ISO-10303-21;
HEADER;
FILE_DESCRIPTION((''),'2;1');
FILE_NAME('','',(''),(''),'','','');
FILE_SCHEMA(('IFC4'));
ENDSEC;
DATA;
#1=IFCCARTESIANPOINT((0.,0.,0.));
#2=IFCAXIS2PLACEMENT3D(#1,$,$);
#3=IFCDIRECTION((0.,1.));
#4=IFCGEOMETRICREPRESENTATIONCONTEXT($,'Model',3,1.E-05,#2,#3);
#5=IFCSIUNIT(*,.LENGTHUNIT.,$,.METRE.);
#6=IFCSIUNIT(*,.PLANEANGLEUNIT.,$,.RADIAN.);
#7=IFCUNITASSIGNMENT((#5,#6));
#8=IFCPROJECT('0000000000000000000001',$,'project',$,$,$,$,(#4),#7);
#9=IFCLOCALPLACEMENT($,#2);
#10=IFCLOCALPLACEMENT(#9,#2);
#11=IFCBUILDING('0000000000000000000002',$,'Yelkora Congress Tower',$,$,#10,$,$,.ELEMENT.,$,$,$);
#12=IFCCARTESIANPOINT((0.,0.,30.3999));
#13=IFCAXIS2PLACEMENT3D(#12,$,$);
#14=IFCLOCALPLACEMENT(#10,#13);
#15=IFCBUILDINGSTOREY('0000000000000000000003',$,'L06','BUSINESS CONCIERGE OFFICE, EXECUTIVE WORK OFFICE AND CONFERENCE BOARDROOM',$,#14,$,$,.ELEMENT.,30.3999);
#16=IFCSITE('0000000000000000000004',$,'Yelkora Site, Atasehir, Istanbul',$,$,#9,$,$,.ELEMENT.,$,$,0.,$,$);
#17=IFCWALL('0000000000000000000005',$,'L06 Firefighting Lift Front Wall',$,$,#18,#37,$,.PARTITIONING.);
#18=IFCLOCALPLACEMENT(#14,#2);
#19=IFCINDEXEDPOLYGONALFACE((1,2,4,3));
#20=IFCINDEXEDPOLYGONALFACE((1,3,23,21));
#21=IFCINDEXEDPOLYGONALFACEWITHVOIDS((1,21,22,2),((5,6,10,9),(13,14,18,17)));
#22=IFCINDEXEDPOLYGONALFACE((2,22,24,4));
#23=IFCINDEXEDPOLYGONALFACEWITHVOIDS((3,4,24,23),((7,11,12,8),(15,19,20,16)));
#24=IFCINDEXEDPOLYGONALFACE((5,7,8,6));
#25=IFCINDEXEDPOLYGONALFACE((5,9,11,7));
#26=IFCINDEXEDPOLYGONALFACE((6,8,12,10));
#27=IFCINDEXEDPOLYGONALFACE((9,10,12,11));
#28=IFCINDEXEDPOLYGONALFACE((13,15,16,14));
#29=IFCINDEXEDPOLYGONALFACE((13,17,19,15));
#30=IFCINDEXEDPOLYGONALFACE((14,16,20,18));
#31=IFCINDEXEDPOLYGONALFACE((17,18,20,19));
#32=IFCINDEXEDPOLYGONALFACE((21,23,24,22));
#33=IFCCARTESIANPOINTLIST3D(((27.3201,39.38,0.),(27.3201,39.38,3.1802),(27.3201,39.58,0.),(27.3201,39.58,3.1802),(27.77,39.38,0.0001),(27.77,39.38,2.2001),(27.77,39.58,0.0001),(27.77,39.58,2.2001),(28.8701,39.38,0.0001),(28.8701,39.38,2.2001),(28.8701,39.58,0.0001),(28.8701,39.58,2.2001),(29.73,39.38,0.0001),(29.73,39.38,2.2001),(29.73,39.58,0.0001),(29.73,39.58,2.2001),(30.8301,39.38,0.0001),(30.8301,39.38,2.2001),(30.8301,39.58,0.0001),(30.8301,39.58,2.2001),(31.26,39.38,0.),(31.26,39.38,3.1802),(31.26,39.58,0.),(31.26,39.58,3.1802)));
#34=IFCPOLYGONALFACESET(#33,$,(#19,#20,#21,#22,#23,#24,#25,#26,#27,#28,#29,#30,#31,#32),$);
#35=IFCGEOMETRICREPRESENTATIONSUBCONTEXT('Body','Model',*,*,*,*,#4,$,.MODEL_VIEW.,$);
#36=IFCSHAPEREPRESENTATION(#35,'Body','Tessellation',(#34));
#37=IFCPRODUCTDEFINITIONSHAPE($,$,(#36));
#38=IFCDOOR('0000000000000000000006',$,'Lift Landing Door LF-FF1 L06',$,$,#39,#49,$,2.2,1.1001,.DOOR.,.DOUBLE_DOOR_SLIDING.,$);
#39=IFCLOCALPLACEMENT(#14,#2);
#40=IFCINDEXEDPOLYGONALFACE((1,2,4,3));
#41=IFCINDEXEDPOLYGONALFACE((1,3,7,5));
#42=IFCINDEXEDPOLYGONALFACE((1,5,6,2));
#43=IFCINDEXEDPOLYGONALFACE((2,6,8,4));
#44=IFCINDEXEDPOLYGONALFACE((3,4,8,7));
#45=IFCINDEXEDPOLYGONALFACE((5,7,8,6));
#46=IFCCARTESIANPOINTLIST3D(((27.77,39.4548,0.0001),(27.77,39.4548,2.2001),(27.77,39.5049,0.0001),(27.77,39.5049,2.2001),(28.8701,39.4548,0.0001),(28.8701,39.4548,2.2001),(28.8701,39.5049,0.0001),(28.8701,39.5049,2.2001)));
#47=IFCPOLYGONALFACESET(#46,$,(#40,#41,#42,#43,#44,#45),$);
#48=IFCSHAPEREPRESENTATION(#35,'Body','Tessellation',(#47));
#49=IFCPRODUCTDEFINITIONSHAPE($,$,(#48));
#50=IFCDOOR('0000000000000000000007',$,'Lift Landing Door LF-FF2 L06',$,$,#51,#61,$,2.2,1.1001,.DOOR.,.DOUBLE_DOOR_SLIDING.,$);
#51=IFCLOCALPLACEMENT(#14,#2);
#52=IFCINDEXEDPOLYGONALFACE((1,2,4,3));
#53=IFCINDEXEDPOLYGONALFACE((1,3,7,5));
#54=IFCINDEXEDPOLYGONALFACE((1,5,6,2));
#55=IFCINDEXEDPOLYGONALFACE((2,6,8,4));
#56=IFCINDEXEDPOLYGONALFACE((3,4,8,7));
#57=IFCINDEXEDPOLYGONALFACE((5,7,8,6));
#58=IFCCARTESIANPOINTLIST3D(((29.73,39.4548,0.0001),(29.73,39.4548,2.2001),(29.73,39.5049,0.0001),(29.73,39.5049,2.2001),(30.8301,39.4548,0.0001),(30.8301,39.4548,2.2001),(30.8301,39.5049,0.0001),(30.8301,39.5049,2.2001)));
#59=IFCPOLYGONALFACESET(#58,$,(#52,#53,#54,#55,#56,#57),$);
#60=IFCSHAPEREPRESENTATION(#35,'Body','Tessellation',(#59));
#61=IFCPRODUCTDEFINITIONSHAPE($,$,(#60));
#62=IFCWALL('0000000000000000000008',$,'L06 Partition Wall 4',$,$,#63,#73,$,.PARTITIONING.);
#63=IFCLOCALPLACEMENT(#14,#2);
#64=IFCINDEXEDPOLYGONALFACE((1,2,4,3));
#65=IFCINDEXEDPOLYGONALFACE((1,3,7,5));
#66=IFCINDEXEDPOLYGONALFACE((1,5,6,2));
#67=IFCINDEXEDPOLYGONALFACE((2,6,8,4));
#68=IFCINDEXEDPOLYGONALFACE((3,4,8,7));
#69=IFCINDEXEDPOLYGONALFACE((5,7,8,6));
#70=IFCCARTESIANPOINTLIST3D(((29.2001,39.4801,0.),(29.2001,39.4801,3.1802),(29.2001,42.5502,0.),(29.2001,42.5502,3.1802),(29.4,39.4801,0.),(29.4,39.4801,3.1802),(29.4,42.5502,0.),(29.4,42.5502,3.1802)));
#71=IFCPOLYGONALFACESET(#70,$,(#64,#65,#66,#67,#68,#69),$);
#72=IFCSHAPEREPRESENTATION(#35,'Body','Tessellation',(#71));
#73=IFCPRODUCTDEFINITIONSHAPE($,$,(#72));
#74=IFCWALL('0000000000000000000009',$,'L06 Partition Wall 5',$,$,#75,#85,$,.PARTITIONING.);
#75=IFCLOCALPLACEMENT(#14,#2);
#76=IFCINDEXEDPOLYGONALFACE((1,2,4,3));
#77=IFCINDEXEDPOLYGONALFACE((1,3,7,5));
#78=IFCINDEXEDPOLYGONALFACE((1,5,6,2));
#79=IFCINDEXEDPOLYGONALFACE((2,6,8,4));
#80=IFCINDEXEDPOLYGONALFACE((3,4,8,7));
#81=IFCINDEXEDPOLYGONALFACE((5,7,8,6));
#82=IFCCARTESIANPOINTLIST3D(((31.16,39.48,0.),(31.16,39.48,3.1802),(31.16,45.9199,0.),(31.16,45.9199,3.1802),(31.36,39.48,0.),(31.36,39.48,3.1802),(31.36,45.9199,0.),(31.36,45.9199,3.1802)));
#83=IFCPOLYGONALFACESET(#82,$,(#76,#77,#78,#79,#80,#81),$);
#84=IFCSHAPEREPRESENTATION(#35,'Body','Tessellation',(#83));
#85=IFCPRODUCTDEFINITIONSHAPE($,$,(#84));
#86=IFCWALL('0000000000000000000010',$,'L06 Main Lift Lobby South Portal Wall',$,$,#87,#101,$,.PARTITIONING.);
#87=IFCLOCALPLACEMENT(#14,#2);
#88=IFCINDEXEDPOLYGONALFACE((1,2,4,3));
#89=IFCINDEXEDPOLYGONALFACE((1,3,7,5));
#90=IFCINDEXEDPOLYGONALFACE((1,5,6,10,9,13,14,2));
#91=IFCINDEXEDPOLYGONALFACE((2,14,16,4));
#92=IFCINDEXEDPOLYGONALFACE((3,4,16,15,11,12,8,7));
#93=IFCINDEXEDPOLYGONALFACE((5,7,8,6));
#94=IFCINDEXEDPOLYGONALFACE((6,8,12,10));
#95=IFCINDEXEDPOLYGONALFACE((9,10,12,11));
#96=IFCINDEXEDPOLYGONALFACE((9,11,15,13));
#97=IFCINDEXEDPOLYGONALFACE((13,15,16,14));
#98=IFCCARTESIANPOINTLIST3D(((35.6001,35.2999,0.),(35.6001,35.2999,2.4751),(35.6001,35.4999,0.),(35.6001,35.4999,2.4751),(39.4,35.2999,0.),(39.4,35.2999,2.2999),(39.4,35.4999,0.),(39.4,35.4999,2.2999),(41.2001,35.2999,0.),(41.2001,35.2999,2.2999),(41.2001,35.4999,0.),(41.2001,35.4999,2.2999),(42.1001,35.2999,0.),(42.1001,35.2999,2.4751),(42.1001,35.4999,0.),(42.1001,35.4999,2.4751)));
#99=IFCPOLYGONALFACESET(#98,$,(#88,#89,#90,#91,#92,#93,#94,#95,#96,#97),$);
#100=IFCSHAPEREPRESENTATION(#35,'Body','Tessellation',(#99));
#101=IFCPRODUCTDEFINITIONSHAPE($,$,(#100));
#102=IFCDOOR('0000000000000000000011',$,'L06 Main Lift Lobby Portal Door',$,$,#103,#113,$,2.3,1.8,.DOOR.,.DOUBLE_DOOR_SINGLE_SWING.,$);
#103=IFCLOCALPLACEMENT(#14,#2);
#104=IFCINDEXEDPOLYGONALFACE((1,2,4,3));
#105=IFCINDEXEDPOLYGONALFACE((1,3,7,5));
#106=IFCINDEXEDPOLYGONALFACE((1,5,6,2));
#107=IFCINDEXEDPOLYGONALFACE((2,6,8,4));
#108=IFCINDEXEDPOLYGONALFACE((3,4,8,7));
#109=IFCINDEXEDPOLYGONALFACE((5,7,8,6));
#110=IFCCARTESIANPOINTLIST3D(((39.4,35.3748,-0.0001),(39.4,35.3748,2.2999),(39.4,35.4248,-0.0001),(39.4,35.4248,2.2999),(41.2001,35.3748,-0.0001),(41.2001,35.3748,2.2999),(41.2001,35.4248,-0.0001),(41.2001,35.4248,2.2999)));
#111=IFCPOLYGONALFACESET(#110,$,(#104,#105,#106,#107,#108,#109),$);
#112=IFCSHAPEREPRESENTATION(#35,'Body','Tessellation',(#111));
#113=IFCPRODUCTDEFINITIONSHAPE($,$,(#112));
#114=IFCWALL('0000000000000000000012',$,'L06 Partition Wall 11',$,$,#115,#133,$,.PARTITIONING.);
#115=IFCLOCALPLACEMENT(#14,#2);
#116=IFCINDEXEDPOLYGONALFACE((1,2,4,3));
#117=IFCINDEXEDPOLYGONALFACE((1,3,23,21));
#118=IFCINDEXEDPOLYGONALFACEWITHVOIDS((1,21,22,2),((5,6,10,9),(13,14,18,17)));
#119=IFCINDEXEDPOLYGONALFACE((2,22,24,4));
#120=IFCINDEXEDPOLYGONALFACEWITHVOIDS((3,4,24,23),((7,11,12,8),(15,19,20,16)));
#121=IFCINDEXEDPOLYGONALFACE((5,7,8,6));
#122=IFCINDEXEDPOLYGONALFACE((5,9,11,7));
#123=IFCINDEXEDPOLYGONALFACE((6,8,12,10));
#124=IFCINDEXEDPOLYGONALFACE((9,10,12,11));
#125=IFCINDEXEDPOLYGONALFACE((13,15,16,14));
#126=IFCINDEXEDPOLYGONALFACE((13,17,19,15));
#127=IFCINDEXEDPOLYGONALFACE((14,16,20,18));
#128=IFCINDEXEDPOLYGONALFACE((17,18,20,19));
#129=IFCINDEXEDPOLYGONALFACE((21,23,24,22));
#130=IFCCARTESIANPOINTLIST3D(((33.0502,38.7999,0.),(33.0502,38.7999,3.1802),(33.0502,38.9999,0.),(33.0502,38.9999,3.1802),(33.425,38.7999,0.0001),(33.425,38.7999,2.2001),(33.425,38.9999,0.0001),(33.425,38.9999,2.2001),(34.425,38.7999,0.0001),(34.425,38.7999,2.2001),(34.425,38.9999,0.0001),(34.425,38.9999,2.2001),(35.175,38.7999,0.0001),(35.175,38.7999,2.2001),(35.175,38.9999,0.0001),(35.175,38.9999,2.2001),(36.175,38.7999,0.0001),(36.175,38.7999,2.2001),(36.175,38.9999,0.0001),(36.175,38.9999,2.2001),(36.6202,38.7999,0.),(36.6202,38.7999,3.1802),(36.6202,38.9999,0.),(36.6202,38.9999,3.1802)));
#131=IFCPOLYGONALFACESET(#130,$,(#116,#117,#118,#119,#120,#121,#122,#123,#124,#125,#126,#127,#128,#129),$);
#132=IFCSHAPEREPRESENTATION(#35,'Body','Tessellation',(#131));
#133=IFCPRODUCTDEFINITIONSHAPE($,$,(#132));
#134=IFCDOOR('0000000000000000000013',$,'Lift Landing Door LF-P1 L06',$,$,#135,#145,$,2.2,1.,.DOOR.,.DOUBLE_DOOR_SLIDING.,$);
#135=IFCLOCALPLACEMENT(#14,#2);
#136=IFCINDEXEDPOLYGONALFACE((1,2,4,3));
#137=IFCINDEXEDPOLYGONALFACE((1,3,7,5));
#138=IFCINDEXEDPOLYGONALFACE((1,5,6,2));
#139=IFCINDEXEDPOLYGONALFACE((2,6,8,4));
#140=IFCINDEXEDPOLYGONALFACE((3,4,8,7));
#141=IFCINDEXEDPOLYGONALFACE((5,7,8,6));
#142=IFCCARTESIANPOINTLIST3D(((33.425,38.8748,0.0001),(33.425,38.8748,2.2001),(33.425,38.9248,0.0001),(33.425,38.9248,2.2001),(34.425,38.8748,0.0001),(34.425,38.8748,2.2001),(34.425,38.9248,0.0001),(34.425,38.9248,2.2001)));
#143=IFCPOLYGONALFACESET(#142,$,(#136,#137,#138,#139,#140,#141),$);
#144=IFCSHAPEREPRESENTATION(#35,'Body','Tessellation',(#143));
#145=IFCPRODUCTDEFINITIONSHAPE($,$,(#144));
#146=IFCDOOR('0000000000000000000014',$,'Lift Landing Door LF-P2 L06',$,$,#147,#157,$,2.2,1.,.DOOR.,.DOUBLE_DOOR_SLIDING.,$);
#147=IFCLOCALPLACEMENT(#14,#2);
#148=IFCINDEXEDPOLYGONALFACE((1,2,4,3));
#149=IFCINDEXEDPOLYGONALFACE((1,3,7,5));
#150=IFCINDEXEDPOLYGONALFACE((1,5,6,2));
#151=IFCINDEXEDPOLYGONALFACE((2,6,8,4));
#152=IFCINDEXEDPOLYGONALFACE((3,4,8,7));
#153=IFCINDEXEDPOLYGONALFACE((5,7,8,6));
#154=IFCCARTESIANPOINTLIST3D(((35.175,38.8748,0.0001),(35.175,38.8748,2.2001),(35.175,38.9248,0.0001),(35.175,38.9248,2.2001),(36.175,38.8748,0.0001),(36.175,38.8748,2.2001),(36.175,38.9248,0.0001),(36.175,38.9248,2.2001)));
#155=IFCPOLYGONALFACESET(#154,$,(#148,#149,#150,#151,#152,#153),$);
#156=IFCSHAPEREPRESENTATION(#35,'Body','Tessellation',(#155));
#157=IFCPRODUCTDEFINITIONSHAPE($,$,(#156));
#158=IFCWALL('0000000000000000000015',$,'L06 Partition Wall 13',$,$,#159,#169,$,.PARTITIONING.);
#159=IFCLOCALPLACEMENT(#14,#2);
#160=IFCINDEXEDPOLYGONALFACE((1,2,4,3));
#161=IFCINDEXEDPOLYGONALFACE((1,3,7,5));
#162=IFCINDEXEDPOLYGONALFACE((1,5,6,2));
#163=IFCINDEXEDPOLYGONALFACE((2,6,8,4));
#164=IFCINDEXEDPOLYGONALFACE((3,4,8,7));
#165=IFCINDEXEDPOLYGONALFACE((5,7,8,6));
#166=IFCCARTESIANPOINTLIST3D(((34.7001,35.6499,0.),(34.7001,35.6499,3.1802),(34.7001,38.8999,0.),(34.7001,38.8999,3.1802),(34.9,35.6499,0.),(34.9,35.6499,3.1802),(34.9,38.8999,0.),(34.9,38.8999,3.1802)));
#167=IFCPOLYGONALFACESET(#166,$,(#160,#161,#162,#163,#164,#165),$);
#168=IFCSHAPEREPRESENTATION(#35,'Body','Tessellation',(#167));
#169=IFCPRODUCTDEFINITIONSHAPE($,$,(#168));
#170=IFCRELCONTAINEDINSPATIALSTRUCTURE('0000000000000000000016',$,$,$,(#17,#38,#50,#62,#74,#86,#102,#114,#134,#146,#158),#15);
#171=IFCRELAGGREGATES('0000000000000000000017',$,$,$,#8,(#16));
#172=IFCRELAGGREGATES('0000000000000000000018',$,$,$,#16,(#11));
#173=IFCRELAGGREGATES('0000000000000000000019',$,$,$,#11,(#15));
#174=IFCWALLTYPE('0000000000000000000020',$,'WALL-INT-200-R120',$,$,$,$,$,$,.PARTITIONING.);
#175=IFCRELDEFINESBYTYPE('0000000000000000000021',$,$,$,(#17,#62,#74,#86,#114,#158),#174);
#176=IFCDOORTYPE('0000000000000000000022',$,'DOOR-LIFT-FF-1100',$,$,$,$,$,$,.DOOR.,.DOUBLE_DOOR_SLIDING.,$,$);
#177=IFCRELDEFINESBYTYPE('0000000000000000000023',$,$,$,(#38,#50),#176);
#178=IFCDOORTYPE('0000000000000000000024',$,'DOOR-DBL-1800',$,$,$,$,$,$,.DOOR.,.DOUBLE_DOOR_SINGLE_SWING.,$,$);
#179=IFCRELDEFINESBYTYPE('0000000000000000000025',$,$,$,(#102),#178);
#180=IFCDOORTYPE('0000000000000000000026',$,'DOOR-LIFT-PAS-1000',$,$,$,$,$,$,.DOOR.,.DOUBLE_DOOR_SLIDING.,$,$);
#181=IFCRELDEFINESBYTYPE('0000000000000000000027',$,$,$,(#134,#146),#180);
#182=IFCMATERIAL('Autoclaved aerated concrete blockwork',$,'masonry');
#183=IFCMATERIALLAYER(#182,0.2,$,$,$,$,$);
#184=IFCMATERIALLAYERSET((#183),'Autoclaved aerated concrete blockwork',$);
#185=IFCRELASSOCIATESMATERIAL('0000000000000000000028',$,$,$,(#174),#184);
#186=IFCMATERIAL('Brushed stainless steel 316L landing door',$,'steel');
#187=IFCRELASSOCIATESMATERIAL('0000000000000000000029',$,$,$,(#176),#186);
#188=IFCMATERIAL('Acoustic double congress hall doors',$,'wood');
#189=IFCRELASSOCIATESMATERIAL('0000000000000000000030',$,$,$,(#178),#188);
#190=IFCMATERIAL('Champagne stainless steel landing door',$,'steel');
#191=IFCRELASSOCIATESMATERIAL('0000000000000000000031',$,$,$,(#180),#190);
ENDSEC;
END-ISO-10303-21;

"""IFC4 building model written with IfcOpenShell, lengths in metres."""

from ifc_helpers import new_model, si_unit, direction, frame, frame_2d, origin, place, context, subcontext, project, spatial, rectangle, extrude, material, layer, layer_set, type_object, element, fill, save


model = new_model("IFC4")

# Units and contexts
model_context = context("Model", 3, precision=1e-05, world=origin(), true_north=direction((0.0, 1.0)))
body_context = subcontext(model_context, "Body", "Model", "MODEL_VIEW")
ifc_project = project(units=[si_unit("LENGTHUNIT", "METRE"), si_unit("PLANEANGLEUNIT", "RADIAN")], contexts=[model_context])

# Site, building, storey
site_placement = place(None, origin())
site = spatial("IfcSite", under=ifc_project, at=site_placement, Name="Yelkora Site, Atasehir, Istanbul", CompositionType="ELEMENT", RefElevation=0.0)
building_placement = place(site_placement, origin())
building = spatial("IfcBuilding", under=site, at=building_placement, Name="Yelkora Congress Tower", CompositionType="ELEMENT")
storey_placement = place(building_placement, frame((0.0, 0.0, 30.3999)))
storey = spatial("IfcBuildingStorey", under=building, at=storey_placement, Name="L06", Description="BUSINESS CONCIERGE OFFICE, EXECUTIVE WORK OFFICE AND CONFERENCE BOARDROOM", CompositionType="ELEMENT", Elevation=30.3999)

# Shared definitions
ifc_material_1 = material(Name="Autoclaved aerated concrete blockwork", Category="masonry")
ifc_layer_1 = layer(ifc_material_1, 0.2)
ifc_layer_set_1 = layer_set([ifc_layer_1], Name="Autoclaved aerated concrete blockwork")
wall_type_1 = type_object("IfcWallType", Name="WALL-INT-200-R120", PredefinedType="PARTITIONING", material=ifc_layer_set_1)

# Wall, openings, doors
wall_1_placement = place(storey_placement, frame((27.3201, 39.48, 0.0), z_axis=(0.0, 0.0, 1.0), x_axis=(1.0, 0.0, 0.0)))
wall_1 = element("IfcWall", 1, at=wall_1_placement, inside=storey, type_object=wall_type_1, Name="L06 Firefighting Lift Front Wall", PredefinedType="PARTITIONING", context=body_context, shape_type="SweptSolid", body=[
    extrude(rectangle(XDim=3.9399, YDim=0.2, at=frame_2d((1.97, 0.0))), origin(), (0.0, 0.0, 1.0), 3.1802),
])
opening_1_placement = place(wall_1_placement, frame((0.45, 0.0, 0.0)))
opening_1 = element("IfcOpeningElement", 2, at=opening_1_placement, cuts=wall_1, PredefinedType="OPENING", context=body_context, shape_type="SweptSolid", body=[
    extrude(rectangle(XDim=1.1001, YDim=2.2, at=frame_2d((0.55, 1.1001))), frame((0.0, 0.1099, 0.0), z_axis=(0.0, -1.0, 0.0), x_axis=(1.0, 0.0, 0.0)), (0.0, 0.0, 1.0), 0.22),
])
opening_2_placement = place(wall_1_placement, frame((2.4099, 0.0, 0.0)))
opening_2 = element("IfcOpeningElement", 3, at=opening_2_placement, cuts=wall_1, PredefinedType="OPENING", context=body_context, shape_type="SweptSolid", body=[
    extrude(rectangle(XDim=1.1001, YDim=2.2, at=frame_2d((0.55, 1.1001))), frame((0.0, 0.1099, 0.0), z_axis=(0.0, -1.0, 0.0), x_axis=(1.0, 0.0, 0.0)), (0.0, 0.0, 1.0), 0.22),
])
ifc_material_2 = material(Name="Brushed stainless steel 316L landing door", Category="steel")
door_type_1 = type_object("IfcDoorType", Name="DOOR-LIFT-FF-1100", OperationType="DOUBLE_DOOR_SLIDING", PredefinedType="DOOR", material=ifc_material_2)
door_1_placement = place(opening_1_placement, origin())
door_1 = element("IfcDoor", 4, at=door_1_placement, inside=storey, type_object=door_type_1, Name="Lift Landing Door LF-FF1 L06", OperationType="DOUBLE_DOOR_SLIDING", OverallHeight=2.2, OverallWidth=1.1001, PredefinedType="DOOR", context=body_context, shape_type="SweptSolid", body=[
    extrude(rectangle(XDim=1.1001, YDim=2.2, at=frame_2d((0.55, 1.1001))), frame((0.0, 0.0249, 0.0), z_axis=(0.0, -1.0, 0.0), x_axis=(1.0, 0.0, 0.0)), (0.0, 0.0, 1.0), 0.05),
])
fill(opening_1, door_1)
door_2_placement = place(opening_2_placement, origin())
door_2 = element("IfcDoor", 5, at=door_2_placement, inside=storey, type_object=door_type_1, Name="Lift Landing Door LF-FF2 L06", OperationType="DOUBLE_DOOR_SLIDING", OverallHeight=2.2, OverallWidth=1.1001, PredefinedType="DOOR", context=body_context, shape_type="SweptSolid", body=[
    extrude(rectangle(XDim=1.1001, YDim=2.2, at=frame_2d((0.55, 1.1001))), frame((0.0, 0.0249, 0.0), z_axis=(0.0, -1.0, 0.0), x_axis=(1.0, 0.0, 0.0)), (0.0, 0.0, 1.0), 0.05),
])
fill(opening_2, door_2)

# Walls
wall_2_placement = place(storey_placement, frame((29.3, 39.48, 0.0), z_axis=(0.0, 0.0, 1.0), x_axis=(0.0, 1.0, 0.0)))
element("IfcWall", 6, at=wall_2_placement, inside=storey, type_object=wall_type_1, Name="L06 Partition Wall 4", PredefinedType="PARTITIONING", context=body_context, shape_type="SweptSolid", body=[
    extrude(rectangle(XDim=3.0701, YDim=0.2, at=frame_2d((1.5352, 0.0))), origin(), (0.0, 0.0, 1.0), 3.1802),
])
wall_3_placement = place(storey_placement, frame((31.26, 39.48, 0.0), z_axis=(0.0, 0.0, 1.0), x_axis=(0.0, 1.0, 0.0)))
element("IfcWall", 7, at=wall_3_placement, inside=storey, type_object=wall_type_1, Name="L06 Partition Wall 5", PredefinedType="PARTITIONING", context=body_context, shape_type="SweptSolid", body=[
    extrude(rectangle(XDim=6.4399, YDim=0.2, at=frame_2d((3.22, 0.0))), origin(), (0.0, 0.0, 1.0), 3.1802),
])

# Wall, opening, door
wall_4_placement = place(storey_placement, frame((35.6001, 35.3999, 0.0), z_axis=(0.0, 0.0, 1.0), x_axis=(1.0, 0.0, 0.0)))
wall_4 = element("IfcWall", 8, at=wall_4_placement, inside=storey, type_object=wall_type_1, Name="L06 Main Lift Lobby South Portal Wall", PredefinedType="PARTITIONING", context=body_context, shape_type="SweptSolid", body=[
    extrude(rectangle(XDim=6.5, YDim=0.2, at=frame_2d((3.25, 0.0))), origin(), (0.0, 0.0, 1.0), 2.4751),
])
opening_3_placement = place(wall_4_placement, frame((3.8, 0.0, 0.0)))
opening_3 = element("IfcOpeningElement", 9, at=opening_3_placement, cuts=wall_4, PredefinedType="OPENING", context=body_context, shape_type="SweptSolid", body=[
    extrude(rectangle(XDim=1.8, YDim=2.3, at=frame_2d((0.8999, 1.1499))), frame((0.0, 0.1099, 0.0), z_axis=(0.0, -1.0, 0.0), x_axis=(1.0, 0.0, 0.0)), (0.0, 0.0, 1.0), 0.22),
])
ifc_material_3 = material(Name="Acoustic double congress hall doors", Category="wood")
door_type_2 = type_object("IfcDoorType", Name="DOOR-DBL-1800", OperationType="DOUBLE_DOOR_SINGLE_SWING", PredefinedType="DOOR", material=ifc_material_3)
door_3_placement = place(opening_3_placement, origin())
door_3 = element("IfcDoor", 10, at=door_3_placement, inside=storey, type_object=door_type_2, Name="L06 Main Lift Lobby Portal Door", OperationType="DOUBLE_DOOR_SINGLE_SWING", OverallHeight=2.3, OverallWidth=1.8, PredefinedType="DOOR", context=body_context, shape_type="SweptSolid", body=[
    extrude(rectangle(XDim=1.8, YDim=2.3, at=frame_2d((0.8999, 1.1499))), frame((0.0, 0.0249, 0.0), z_axis=(0.0, -1.0, 0.0), x_axis=(1.0, 0.0, 0.0)), (0.0, 0.0, 1.0), 0.05),
])
fill(opening_3, door_3)

# Wall, openings, doors
wall_5_placement = place(storey_placement, frame((33.05, 38.8999, 0.0), z_axis=(0.0, 0.0, 1.0), x_axis=(1.0, 0.0, 0.0)))
wall_5 = element("IfcWall", 11, at=wall_5_placement, inside=storey, type_object=wall_type_1, Name="L06 Partition Wall 11", PredefinedType="PARTITIONING", context=body_context, shape_type="SweptSolid", body=[
    extrude(rectangle(XDim=3.5701, YDim=0.2, at=frame_2d((1.7852, 0.0))), origin(), (0.0, 0.0, 1.0), 3.1802),
])
opening_4_placement = place(wall_5_placement, frame((0.375, 0.0, 0.0)))
opening_4 = element("IfcOpeningElement", 12, at=opening_4_placement, cuts=wall_5, PredefinedType="OPENING", context=body_context, shape_type="SweptSolid", body=[
    extrude(rectangle(XDim=1.0, YDim=2.2, at=frame_2d((0.5, 1.1001))), frame((0.0, 0.1099, 0.0), z_axis=(0.0, -1.0, 0.0), x_axis=(1.0, 0.0, 0.0)), (0.0, 0.0, 1.0), 0.22),
])
opening_5_placement = place(wall_5_placement, frame((2.125, 0.0, 0.0)))
opening_5 = element("IfcOpeningElement", 13, at=opening_5_placement, cuts=wall_5, PredefinedType="OPENING", context=body_context, shape_type="SweptSolid", body=[
    extrude(rectangle(XDim=1.0, YDim=2.2, at=frame_2d((0.5, 1.1001))), frame((0.0, 0.1099, 0.0), z_axis=(0.0, -1.0, 0.0), x_axis=(1.0, 0.0, 0.0)), (0.0, 0.0, 1.0), 0.22),
])
ifc_material_4 = material(Name="Champagne stainless steel landing door", Category="steel")
door_type_3 = type_object("IfcDoorType", Name="DOOR-LIFT-PAS-1000", OperationType="DOUBLE_DOOR_SLIDING", PredefinedType="DOOR", material=ifc_material_4)
door_4_placement = place(opening_4_placement, origin())
door_4 = element("IfcDoor", 14, at=door_4_placement, inside=storey, type_object=door_type_3, Name="Lift Landing Door LF-P1 L06", OperationType="DOUBLE_DOOR_SLIDING", OverallHeight=2.2, OverallWidth=1.0, PredefinedType="DOOR", context=body_context, shape_type="SweptSolid", body=[
    extrude(rectangle(XDim=1.0, YDim=2.2, at=frame_2d((0.5, 1.1001))), frame((0.0, 0.0249, 0.0), z_axis=(0.0, -1.0, 0.0), x_axis=(1.0, 0.0, 0.0)), (0.0, 0.0, 1.0), 0.05),
])
fill(opening_4, door_4)
door_5_placement = place(opening_5_placement, origin())
door_5 = element("IfcDoor", 15, at=door_5_placement, inside=storey, type_object=door_type_3, Name="Lift Landing Door LF-P2 L06", OperationType="DOUBLE_DOOR_SLIDING", OverallHeight=2.2, OverallWidth=1.0, PredefinedType="DOOR", context=body_context, shape_type="SweptSolid", body=[
    extrude(rectangle(XDim=1.0, YDim=2.2, at=frame_2d((0.5, 1.1001))), frame((0.0, 0.0249, 0.0), z_axis=(0.0, -1.0, 0.0), x_axis=(1.0, 0.0, 0.0)), (0.0, 0.0, 1.0), 0.05),
])
fill(opening_5, door_5)

# Wall
wall_6_placement = place(storey_placement, frame((34.8, 35.6499, 0.0), z_axis=(0.0, 0.0, 1.0), x_axis=(0.0, 1.0, 0.0)))
element("IfcWall", 16, at=wall_6_placement, inside=storey, type_object=wall_type_1, Name="L06 Partition Wall 13", PredefinedType="PARTITIONING", context=body_context, shape_type="SweptSolid", body=[
    extrude(rectangle(XDim=3.25, YDim=0.2, at=frame_2d((1.625, 0.0))), origin(), (0.0, 0.0, 1.0), 3.1802),
])

save(model, "model.ifc")
